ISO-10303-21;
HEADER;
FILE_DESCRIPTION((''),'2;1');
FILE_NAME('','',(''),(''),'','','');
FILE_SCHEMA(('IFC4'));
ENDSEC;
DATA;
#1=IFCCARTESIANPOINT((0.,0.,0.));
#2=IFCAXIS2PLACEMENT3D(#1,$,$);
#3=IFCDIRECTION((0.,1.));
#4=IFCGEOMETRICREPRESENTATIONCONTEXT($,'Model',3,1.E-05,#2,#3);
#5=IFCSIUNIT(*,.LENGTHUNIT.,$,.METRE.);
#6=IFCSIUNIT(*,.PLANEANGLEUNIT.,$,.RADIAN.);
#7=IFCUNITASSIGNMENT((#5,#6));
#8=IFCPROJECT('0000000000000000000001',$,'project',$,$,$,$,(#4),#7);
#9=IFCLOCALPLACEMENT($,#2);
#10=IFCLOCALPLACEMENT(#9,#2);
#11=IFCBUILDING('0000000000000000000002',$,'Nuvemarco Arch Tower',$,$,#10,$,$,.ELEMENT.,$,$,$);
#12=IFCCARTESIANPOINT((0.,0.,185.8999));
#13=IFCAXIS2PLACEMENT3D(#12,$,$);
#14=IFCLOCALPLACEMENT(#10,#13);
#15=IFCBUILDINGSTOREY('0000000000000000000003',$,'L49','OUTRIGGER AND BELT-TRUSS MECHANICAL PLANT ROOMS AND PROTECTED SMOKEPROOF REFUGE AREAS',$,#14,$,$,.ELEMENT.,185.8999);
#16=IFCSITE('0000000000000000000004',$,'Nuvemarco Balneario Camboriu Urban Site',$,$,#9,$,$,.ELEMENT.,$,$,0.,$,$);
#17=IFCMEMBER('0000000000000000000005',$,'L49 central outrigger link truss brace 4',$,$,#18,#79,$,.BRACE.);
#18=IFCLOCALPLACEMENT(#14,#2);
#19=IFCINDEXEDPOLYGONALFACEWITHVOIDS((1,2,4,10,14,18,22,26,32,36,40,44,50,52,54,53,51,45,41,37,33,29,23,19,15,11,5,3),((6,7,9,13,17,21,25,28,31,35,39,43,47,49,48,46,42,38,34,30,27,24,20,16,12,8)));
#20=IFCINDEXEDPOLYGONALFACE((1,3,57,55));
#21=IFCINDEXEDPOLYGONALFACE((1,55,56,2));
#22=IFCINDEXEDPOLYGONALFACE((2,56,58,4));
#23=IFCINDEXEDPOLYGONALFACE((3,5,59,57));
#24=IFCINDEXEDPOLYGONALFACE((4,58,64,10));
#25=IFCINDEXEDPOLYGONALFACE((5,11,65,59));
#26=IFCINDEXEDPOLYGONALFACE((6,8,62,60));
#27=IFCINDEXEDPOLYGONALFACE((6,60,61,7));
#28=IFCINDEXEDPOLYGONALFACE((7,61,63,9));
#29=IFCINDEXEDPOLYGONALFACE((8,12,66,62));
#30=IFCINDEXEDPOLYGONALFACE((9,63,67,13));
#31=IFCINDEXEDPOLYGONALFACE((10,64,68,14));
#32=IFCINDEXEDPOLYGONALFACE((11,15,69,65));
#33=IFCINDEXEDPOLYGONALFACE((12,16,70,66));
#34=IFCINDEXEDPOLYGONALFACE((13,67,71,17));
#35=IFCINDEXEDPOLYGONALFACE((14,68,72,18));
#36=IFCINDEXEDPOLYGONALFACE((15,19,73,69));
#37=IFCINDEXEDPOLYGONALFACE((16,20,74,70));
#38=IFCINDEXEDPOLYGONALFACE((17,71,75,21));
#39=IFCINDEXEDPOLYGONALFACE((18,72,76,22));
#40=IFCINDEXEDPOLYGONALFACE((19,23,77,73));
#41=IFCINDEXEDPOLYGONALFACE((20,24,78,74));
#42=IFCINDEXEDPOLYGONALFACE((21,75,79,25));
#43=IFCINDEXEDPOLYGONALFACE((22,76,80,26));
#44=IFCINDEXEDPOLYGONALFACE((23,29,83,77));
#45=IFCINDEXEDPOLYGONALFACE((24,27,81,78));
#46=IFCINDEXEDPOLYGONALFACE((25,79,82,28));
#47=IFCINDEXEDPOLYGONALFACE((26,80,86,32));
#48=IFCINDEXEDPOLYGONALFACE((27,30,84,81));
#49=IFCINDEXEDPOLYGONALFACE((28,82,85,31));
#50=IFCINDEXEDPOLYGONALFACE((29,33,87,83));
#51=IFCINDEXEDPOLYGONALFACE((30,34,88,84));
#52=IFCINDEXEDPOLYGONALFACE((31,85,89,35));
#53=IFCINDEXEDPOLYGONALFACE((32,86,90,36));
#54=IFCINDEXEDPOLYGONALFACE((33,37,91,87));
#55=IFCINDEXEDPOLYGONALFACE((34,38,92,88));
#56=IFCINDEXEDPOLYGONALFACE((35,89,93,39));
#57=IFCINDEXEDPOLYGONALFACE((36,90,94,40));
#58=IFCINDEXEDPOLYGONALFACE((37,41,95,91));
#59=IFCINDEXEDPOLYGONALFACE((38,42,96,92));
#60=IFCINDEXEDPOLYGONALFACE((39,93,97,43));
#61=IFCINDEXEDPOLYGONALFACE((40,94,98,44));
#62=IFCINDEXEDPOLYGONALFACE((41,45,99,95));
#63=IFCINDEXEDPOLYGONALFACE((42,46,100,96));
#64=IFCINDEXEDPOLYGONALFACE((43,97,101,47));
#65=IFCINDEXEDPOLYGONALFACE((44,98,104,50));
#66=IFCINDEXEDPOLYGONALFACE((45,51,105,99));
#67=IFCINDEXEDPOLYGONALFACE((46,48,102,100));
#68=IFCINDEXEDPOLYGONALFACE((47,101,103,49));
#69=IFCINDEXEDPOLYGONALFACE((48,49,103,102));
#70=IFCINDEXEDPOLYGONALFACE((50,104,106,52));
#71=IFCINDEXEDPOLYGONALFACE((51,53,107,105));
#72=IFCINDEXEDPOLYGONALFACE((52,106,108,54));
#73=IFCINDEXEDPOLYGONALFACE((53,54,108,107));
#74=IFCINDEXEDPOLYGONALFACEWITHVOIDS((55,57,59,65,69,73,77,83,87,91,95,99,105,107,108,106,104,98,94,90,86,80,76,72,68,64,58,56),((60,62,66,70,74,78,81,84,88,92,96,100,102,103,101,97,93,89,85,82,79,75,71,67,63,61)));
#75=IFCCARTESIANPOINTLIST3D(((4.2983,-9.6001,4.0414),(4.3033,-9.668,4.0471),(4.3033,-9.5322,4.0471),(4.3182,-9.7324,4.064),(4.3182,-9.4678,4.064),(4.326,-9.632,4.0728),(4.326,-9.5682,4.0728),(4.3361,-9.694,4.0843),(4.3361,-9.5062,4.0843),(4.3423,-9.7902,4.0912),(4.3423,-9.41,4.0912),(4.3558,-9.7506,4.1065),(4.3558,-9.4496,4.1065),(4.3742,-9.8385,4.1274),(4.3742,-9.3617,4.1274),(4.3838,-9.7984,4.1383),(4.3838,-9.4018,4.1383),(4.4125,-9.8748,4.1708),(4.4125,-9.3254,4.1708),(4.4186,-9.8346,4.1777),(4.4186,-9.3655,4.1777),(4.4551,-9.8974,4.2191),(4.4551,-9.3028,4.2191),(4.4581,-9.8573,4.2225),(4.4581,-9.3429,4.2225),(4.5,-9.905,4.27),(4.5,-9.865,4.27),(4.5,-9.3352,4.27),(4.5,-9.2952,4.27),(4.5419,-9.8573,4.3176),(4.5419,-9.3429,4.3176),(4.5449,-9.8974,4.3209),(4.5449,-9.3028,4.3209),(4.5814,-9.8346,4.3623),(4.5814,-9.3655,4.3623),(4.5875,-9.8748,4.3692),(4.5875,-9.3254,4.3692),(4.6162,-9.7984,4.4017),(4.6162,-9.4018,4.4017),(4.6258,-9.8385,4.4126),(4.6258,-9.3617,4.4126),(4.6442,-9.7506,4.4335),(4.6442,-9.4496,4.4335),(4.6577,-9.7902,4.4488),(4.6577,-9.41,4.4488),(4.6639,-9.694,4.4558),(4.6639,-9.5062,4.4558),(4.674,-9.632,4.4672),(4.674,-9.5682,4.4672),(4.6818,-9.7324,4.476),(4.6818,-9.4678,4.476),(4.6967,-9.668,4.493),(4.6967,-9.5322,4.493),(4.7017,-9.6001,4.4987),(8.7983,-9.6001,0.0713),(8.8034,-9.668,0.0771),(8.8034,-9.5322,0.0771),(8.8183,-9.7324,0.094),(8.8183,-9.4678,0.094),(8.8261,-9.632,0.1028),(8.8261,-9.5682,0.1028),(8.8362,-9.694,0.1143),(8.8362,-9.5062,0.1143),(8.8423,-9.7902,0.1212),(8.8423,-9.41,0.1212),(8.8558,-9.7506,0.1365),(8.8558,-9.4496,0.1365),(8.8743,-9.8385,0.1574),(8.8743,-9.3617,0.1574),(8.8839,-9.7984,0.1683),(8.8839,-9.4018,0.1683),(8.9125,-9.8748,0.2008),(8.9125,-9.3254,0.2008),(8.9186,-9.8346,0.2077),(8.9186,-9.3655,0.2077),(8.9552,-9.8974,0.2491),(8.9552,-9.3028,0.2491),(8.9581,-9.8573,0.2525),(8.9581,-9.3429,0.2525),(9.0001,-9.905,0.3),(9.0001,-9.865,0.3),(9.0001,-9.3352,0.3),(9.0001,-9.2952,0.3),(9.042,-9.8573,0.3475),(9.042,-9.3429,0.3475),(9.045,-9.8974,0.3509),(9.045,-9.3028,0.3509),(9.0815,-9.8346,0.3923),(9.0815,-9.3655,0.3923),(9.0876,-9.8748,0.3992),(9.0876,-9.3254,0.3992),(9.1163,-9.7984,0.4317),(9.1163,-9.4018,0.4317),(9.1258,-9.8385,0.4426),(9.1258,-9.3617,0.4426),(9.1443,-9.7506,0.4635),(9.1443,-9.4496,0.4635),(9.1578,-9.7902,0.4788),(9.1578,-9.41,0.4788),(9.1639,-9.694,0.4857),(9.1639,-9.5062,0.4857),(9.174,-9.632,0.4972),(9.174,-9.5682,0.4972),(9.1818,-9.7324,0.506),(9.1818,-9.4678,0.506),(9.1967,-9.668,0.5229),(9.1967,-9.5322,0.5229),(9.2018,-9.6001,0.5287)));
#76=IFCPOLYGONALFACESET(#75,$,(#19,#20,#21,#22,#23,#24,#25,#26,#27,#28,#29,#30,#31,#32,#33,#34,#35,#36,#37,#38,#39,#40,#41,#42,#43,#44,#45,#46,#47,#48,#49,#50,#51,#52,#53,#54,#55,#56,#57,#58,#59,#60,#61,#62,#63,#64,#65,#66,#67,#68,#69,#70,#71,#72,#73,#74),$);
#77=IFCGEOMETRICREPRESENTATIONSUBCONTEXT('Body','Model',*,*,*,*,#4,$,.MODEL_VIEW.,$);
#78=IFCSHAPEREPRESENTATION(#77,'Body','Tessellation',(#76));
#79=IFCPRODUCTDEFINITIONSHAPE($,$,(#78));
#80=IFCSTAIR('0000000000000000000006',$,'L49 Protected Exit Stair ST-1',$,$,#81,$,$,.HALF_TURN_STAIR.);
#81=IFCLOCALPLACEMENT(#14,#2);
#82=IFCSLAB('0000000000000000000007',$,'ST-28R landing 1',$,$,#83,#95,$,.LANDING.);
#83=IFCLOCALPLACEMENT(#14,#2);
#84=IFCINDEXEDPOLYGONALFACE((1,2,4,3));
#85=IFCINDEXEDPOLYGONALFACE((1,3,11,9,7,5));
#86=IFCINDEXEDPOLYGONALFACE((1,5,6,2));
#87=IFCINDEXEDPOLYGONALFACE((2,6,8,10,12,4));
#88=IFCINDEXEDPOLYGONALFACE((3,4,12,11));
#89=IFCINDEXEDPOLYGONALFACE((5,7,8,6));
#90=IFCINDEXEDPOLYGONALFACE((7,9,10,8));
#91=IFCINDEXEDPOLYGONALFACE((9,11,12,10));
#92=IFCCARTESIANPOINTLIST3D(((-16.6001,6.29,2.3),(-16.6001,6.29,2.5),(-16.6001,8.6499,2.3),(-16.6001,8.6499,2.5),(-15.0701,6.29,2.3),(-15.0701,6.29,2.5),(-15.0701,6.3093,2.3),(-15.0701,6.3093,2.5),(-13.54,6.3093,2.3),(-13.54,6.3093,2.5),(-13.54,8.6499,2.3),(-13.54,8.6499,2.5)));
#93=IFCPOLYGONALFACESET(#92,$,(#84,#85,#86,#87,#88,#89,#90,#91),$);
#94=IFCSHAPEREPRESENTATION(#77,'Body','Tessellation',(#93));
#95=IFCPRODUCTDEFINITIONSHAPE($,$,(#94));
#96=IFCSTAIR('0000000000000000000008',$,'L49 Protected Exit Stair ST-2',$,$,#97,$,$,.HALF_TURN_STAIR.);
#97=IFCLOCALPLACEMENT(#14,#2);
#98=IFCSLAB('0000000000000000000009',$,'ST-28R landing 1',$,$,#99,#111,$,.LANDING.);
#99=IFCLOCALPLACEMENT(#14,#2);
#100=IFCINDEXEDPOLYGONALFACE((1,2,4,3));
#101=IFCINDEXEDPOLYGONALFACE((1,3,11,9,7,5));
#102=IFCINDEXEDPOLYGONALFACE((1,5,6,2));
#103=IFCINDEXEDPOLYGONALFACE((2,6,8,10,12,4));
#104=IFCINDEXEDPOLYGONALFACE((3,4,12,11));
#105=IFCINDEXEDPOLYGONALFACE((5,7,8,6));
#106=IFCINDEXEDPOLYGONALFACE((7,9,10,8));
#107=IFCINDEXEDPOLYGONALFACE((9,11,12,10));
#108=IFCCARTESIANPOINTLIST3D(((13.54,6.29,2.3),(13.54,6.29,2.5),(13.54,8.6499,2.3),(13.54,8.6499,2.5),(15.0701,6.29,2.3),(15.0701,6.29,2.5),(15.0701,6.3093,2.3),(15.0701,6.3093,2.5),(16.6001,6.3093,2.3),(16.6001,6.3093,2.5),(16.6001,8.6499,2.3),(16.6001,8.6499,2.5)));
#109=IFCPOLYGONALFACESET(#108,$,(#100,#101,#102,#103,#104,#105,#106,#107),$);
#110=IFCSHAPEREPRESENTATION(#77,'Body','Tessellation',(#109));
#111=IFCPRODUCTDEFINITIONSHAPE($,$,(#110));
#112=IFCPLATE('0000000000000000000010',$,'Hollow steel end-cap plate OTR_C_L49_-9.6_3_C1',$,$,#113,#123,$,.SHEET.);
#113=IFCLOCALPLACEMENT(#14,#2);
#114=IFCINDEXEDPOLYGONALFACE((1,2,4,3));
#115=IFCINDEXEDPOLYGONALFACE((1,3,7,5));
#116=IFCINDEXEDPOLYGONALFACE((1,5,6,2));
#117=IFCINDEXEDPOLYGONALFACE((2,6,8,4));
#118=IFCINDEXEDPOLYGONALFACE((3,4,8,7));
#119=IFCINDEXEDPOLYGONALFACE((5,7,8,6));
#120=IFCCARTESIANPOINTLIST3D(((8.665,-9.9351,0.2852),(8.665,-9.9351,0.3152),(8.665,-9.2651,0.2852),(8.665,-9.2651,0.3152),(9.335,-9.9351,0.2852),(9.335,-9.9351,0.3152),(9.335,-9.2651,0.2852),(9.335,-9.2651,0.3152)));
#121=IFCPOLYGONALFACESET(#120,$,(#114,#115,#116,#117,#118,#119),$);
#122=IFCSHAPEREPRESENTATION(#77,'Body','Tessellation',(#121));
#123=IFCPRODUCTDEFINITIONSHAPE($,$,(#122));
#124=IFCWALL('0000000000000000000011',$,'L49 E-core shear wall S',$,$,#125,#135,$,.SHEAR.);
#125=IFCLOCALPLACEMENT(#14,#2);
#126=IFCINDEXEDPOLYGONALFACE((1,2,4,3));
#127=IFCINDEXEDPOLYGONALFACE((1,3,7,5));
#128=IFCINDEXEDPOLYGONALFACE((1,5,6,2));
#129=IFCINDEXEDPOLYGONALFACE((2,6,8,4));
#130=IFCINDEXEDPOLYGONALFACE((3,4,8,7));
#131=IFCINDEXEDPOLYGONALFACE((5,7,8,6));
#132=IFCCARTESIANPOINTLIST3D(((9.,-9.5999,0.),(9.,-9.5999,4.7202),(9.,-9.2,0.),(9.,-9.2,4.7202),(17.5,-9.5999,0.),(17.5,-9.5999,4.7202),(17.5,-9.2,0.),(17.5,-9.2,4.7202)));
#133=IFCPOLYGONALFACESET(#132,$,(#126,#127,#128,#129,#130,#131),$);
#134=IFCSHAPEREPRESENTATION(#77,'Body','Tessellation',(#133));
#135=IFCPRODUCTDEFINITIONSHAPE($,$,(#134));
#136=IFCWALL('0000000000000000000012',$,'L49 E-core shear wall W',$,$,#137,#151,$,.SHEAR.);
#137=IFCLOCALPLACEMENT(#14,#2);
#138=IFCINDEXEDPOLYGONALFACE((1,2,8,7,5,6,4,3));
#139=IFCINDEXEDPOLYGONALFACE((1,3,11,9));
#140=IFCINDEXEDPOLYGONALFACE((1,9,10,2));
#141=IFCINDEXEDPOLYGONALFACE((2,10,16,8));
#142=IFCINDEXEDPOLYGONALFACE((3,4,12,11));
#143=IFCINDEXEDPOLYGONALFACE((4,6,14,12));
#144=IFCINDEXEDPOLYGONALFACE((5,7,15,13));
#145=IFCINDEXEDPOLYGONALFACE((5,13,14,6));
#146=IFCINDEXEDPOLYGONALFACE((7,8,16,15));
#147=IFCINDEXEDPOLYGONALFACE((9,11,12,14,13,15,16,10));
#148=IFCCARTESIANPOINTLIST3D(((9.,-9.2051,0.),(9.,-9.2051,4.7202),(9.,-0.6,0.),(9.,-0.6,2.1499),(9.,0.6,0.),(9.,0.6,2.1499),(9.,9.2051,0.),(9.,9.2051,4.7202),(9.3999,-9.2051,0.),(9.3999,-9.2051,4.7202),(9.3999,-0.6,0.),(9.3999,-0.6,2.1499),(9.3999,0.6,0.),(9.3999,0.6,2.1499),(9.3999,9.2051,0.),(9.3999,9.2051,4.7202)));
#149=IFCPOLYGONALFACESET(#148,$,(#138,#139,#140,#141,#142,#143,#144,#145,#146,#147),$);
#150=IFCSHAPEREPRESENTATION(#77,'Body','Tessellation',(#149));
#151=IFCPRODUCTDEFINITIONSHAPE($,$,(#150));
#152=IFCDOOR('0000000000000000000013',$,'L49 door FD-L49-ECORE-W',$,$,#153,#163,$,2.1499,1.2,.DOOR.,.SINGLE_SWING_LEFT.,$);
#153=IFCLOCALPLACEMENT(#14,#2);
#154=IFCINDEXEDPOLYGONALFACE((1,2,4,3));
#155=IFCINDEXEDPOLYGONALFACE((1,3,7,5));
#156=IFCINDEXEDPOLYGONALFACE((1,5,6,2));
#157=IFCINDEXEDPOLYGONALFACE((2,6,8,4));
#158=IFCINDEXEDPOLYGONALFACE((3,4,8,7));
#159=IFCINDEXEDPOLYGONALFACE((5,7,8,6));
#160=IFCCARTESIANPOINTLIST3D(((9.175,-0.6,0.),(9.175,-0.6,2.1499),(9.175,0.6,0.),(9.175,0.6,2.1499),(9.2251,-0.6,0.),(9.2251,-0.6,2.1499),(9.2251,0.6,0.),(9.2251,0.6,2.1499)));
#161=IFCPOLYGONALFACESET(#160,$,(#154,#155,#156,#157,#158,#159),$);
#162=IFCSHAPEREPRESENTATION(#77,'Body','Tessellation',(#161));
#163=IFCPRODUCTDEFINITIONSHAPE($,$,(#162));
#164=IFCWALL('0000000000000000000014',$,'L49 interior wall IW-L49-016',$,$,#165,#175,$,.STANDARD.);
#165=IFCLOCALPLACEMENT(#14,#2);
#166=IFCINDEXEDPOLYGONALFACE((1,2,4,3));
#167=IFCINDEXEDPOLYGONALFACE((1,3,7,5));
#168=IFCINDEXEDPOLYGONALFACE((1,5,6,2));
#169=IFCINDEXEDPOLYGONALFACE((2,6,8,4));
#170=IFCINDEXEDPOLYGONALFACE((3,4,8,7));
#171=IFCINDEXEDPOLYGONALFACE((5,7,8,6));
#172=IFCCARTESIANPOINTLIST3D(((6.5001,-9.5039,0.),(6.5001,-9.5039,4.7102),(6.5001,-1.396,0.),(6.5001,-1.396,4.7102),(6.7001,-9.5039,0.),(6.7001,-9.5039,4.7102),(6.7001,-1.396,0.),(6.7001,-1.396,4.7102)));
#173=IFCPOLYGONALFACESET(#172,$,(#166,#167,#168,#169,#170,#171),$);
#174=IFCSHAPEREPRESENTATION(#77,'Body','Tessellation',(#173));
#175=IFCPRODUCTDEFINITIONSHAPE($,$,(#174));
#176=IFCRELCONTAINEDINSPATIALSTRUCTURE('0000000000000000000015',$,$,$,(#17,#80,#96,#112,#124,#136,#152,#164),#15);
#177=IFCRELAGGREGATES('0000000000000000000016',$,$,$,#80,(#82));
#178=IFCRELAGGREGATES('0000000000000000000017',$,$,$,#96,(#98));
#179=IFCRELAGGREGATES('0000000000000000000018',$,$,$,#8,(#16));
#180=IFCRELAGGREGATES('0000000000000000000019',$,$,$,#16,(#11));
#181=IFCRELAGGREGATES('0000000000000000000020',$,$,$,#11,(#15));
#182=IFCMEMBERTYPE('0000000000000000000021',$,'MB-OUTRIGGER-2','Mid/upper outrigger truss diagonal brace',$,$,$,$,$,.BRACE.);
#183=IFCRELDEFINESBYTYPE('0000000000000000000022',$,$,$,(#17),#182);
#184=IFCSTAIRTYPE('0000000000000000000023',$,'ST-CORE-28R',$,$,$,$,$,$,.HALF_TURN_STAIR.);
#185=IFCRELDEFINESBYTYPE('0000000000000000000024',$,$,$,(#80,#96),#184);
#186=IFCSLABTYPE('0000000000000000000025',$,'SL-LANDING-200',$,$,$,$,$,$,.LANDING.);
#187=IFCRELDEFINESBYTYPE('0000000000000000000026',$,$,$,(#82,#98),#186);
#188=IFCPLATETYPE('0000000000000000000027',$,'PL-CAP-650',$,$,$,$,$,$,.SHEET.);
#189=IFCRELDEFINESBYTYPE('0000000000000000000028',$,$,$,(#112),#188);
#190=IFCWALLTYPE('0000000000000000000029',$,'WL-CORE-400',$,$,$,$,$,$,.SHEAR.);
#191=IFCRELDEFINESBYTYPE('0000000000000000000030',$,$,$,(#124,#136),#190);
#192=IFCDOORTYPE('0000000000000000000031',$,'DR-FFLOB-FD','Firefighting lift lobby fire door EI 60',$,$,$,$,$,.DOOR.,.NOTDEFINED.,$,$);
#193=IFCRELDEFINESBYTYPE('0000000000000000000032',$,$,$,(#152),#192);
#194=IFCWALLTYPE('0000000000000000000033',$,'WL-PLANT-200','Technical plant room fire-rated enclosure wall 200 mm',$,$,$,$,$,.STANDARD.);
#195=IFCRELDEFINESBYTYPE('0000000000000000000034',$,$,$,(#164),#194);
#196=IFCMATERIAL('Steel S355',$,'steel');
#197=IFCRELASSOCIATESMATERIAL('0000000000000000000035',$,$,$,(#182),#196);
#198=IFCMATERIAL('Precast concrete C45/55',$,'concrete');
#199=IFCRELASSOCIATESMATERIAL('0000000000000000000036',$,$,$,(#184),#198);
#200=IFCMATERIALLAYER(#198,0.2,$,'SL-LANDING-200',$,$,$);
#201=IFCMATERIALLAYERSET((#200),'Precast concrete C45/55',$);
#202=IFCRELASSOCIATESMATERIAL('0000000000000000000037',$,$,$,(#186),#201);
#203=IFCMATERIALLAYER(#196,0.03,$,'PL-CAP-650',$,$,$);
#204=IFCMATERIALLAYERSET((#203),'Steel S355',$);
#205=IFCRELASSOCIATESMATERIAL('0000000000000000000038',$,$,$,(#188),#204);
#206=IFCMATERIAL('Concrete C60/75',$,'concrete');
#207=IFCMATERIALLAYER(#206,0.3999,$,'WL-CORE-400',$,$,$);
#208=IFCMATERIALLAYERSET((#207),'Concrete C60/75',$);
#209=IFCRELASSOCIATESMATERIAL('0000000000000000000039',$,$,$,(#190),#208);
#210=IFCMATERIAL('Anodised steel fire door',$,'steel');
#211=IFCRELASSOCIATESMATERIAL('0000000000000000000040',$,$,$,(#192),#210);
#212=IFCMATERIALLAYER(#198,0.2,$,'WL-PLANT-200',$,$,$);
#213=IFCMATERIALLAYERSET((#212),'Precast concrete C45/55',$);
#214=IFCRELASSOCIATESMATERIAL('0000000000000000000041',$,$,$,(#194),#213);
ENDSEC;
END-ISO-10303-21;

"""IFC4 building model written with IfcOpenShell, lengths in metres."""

from ifc_helpers import new_model, si_unit, direction, frame, frame_2d, origin, origin_2d, place, context, subcontext, project, spatial, polyline, rectangle, hollow_circle, outline, extrude, source, transform, mapped, material, layer, layer_set, material_profile, profile_set, type_object, type_shapes, element, fill, aggregate, save


model = new_model("IFC4")

# Units and contexts
model_context = context("Model", 3, precision=1e-05, world=origin(), true_north=direction((0.0, 1.0)))
body_context = subcontext(model_context, "Body", "Model", "MODEL_VIEW")
ifc_project = project(units=[si_unit("LENGTHUNIT", "METRE"), si_unit("PLANEANGLEUNIT", "RADIAN")], contexts=[model_context])

# Site, building, storey
site_placement = place(None, origin())
site = spatial("IfcSite", under=ifc_project, at=site_placement, Name="Nuvemarco Balneario Camboriu Urban Site", CompositionType="ELEMENT", RefElevation=0.0)
building_placement = place(site_placement, origin())
building = spatial("IfcBuilding", under=site, at=building_placement, Name="Nuvemarco Arch Tower", CompositionType="ELEMENT")
storey_placement = place(building_placement, frame((0.0, 0.0, 185.8999)))
storey = spatial("IfcBuildingStorey", under=building, at=storey_placement, Name="L49", Description="OUTRIGGER AND BELT-TRUSS MECHANICAL PLANT ROOMS AND PROTECTED SMOKEPROOF REFUGE AREAS", CompositionType="ELEMENT", Elevation=185.8999)

# Shared definitions
ifc_material_1 = material(Name="Steel S355", Category="steel")

# Member
ifc_material_profile_1 = material_profile(ifc_material_1, hollow_circle(Radius=0.3049, WallThickness=0.04, at=origin_2d()), Name="CHS610x40")
ifc_profile_set_1 = profile_set([ifc_material_profile_1], Name="Steel S355")
member_type = type_object("IfcMemberType", Name="MB-OUTRIGGER-2", Description="Mid/upper outrigger truss diagonal brace", PredefinedType="BRACE", material=ifc_profile_set_1)
member_placement = place(storey_placement, frame((4.5, -9.6001, 4.27), z_axis=(0.749889, 0.0, -0.661564), x_axis=(0.0, 1.0, 0.0)))
element("IfcMember", 1, at=member_placement, inside=storey, type_object=member_type, Name="L49 central outrigger link truss brace 4", PredefinedType="BRACE", context=body_context, shape_type="SweptSolid", body=[
    extrude(hollow_circle(Radius=0.3049, WallThickness=0.04, at=origin_2d()), origin(), (0.0, 0.0, 1.0), 6.001),
])

# Stairs, slabs
ifc_material_2 = material(Name="Precast concrete C45/55", Category="concrete")
stair_type = type_object("IfcStairType", Name="ST-CORE-28R", PredefinedType="HALF_TURN_STAIR", material=ifc_material_2)
stair_1_placement = place(storey_placement, origin())
stair_1 = element("IfcStair", 2, at=stair_1_placement, inside=storey, type_object=stair_type, Name="L49 Protected Exit Stair ST-1", PredefinedType="HALF_TURN_STAIR")
ifc_layer_1 = layer(ifc_material_2, 0.2, Name="SL-LANDING-200")
ifc_layer_set_1 = layer_set([ifc_layer_1], Name="Precast concrete C45/55")
slab_type = type_object("IfcSlabType", Name="SL-LANDING-200", PredefinedType="LANDING", material=ifc_layer_set_1)
slab_1_placement = place(storey_placement, frame((0.0, 0.0, 2.3)))
slab_1 = element("IfcSlab", 3, at=slab_1_placement, type_object=slab_type, Name="ST-28R landing 1", PredefinedType="LANDING", context=body_context, shape_type="SweptSolid", body=[
    extrude(outline(polyline([(-13.54, 6.3093), (-13.54, 8.6499), (-16.6001, 8.6499), (-16.6001, 6.29), (-15.0701, 6.29), (-15.0701, 6.3093), (-13.54, 6.3093)])), origin(), (0.0, 0.0, 1.0), 0.2),
])
aggregate(stair_1, [slab_1])
stair_2_placement = place(storey_placement, origin())
stair_2 = element("IfcStair", 4, at=stair_2_placement, inside=storey, type_object=stair_type, Name="L49 Protected Exit Stair ST-2", PredefinedType="HALF_TURN_STAIR")
slab_2_placement = place(storey_placement, frame((0.0, 0.0, 2.3)))
slab_2 = element("IfcSlab", 5, at=slab_2_placement, type_object=slab_type, Name="ST-28R landing 1", PredefinedType="LANDING", context=body_context, shape_type="SweptSolid", body=[
    extrude(outline(polyline([(16.6001, 6.3093), (16.6001, 8.6499), (13.54, 8.6499), (13.54, 6.29), (15.0701, 6.29), (15.0701, 6.3093), (16.6001, 6.3093)])), origin(), (0.0, 0.0, 1.0), 0.2),
])
aggregate(stair_2, [slab_2])

# Plate
ifc_layer_2 = layer(ifc_material_1, 0.03, Name="PL-CAP-650")
ifc_layer_set_2 = layer_set([ifc_layer_2], Name="Steel S355")
plate_type = type_object("IfcPlateType", Name="PL-CAP-650", PredefinedType="SHEET", material=ifc_layer_set_2)
shared_shape_1 = source(origin(), body_context, "Body", "SweptSolid", [
    extrude(rectangle(XDim=0.6699, YDim=0.6699, at=origin_2d()), origin(), (0.0, 0.0, 1.0), 0.03),
])
type_shapes(plate_type, [shared_shape_1])
plate_placement = place(storey_placement, frame((9.0, -9.6001, 0.2852), z_axis=(0.0, 0.0, 1.0), x_axis=(1.0, 0.0, 0.0)))
element("IfcPlate", 6, at=plate_placement, inside=storey, type_object=plate_type, Name="Hollow steel end-cap plate OTR_C_L49_-9.6_3_C1", PredefinedType="SHEET", context=body_context, shape_type="MappedRepresentation", body=[
    mapped(shared_shape_1, transform((0.0, 0.0, 0.0), scale=1.0)),
])

# Wall
ifc_material_3 = material(Name="Concrete C60/75", Category="concrete")
ifc_layer_3 = layer(ifc_material_3, 0.3999, Name="WL-CORE-400")
ifc_layer_set_3 = layer_set([ifc_layer_3], Name="Concrete C60/75")
wall_type_1 = type_object("IfcWallType", Name="WL-CORE-400", PredefinedType="SHEAR", material=ifc_layer_set_3)
wall_1_placement = place(storey_placement, frame((9.0, -9.3999, 0.0), z_axis=(0.0, 0.0, 1.0), x_axis=(1.0, 0.0, 0.0)))
element("IfcWall", 7, at=wall_1_placement, inside=storey, type_object=wall_type_1, Name="L49 E-core shear wall S", PredefinedType="SHEAR", context=body_context, shape_type="SweptSolid", body=[
    extrude(rectangle(XDim=8.5, YDim=0.3999, at=frame_2d((4.25, 0.0))), origin(), (0.0, 0.0, 1.0), 4.7202),
])

# Wall, opening, door
wall_2_placement = place(storey_placement, frame((9.2, -9.2051, 0.0), z_axis=(0.0, 0.0, 1.0), x_axis=(0.0, 1.0, 0.0)))
wall_2 = element("IfcWall", 8, at=wall_2_placement, inside=storey, type_object=wall_type_1, Name="L49 E-core shear wall W", PredefinedType="SHEAR", context=body_context, shape_type="SweptSolid", body=[
    extrude(rectangle(XDim=18.4102, YDim=0.3999, at=frame_2d((9.2051, 0.0))), origin(), (0.0, 0.0, 1.0), 4.7202),
])
opening_1_placement = place(wall_2_placement, frame((8.605, 0.0, 0.0)))
opening_1 = element("IfcOpeningElement", 9, at=opening_1_placement, cuts=wall_2, PredefinedType="OPENING", context=body_context, shape_type="SweptSolid", body=[
    extrude(rectangle(XDim=1.2, YDim=2.1499, at=frame_2d((0.6001, 1.075))), frame((0.0, 0.21, 0.0), z_axis=(0.0, -1.0, 0.0), x_axis=(1.0, 0.0, 0.0)), (0.0, 0.0, 1.0), 0.4199),
])
ifc_material_4 = material(Name="Anodised steel fire door", Category="steel")
door_type_1 = type_object("IfcDoorType", Name="DR-FFLOB-FD", Description="Firefighting lift lobby fire door EI 60", OperationType="NOTDEFINED", PredefinedType="DOOR", material=ifc_material_4)
shared_shape_2 = source(origin(), body_context, "Body", "SweptSolid", [
    extrude(rectangle(XDim=1.2, YDim=2.1499, at=frame_2d((0.6001, 1.075))), frame((0.0, 0.0249, 0.0), z_axis=(0.0, -1.0, 0.0), x_axis=(1.0, 0.0, 0.0)), (0.0, 0.0, 1.0), 0.05),
])
type_shapes(door_type_1, [shared_shape_2])
door_1_placement = place(opening_1_placement, origin())
door_1 = element("IfcDoor", 10, at=door_1_placement, inside=storey, type_object=door_type_1, Name="L49 door FD-L49-ECORE-W", OperationType="SINGLE_SWING_LEFT", OverallHeight=2.1499, OverallWidth=1.2, PredefinedType="DOOR", context=body_context, shape_type="MappedRepresentation", body=[
    mapped(shared_shape_2, transform((0.0, 0.0, 0.0), scale=1.0)),
])
fill(opening_1, door_1)

# Wall
ifc_layer_4 = layer(ifc_material_2, 0.2, Name="WL-PLANT-200")
ifc_layer_set_4 = layer_set([ifc_layer_4], Name="Precast concrete C45/55")
wall_type_2 = type_object("IfcWallType", Name="WL-PLANT-200", Description="Technical plant room fire-rated enclosure wall 200 mm", PredefinedType="STANDARD", material=ifc_layer_set_4)
wall_3_placement = place(storey_placement, frame((6.6001, -9.5039, 0.0), z_axis=(0.0, 0.0, 1.0), x_axis=(0.0, 1.0, 0.0)))
element("IfcWall", 11, at=wall_3_placement, inside=storey, type_object=wall_type_2, Name="L49 interior wall IW-L49-016", PredefinedType="STANDARD", context=body_context, shape_type="SweptSolid", body=[
    extrude(rectangle(XDim=8.1079, YDim=0.2, at=frame_2d((4.054, 0.0))), origin(), (0.0, 0.0, 1.0), 4.7102),
])

save(model, "model.ifc")
